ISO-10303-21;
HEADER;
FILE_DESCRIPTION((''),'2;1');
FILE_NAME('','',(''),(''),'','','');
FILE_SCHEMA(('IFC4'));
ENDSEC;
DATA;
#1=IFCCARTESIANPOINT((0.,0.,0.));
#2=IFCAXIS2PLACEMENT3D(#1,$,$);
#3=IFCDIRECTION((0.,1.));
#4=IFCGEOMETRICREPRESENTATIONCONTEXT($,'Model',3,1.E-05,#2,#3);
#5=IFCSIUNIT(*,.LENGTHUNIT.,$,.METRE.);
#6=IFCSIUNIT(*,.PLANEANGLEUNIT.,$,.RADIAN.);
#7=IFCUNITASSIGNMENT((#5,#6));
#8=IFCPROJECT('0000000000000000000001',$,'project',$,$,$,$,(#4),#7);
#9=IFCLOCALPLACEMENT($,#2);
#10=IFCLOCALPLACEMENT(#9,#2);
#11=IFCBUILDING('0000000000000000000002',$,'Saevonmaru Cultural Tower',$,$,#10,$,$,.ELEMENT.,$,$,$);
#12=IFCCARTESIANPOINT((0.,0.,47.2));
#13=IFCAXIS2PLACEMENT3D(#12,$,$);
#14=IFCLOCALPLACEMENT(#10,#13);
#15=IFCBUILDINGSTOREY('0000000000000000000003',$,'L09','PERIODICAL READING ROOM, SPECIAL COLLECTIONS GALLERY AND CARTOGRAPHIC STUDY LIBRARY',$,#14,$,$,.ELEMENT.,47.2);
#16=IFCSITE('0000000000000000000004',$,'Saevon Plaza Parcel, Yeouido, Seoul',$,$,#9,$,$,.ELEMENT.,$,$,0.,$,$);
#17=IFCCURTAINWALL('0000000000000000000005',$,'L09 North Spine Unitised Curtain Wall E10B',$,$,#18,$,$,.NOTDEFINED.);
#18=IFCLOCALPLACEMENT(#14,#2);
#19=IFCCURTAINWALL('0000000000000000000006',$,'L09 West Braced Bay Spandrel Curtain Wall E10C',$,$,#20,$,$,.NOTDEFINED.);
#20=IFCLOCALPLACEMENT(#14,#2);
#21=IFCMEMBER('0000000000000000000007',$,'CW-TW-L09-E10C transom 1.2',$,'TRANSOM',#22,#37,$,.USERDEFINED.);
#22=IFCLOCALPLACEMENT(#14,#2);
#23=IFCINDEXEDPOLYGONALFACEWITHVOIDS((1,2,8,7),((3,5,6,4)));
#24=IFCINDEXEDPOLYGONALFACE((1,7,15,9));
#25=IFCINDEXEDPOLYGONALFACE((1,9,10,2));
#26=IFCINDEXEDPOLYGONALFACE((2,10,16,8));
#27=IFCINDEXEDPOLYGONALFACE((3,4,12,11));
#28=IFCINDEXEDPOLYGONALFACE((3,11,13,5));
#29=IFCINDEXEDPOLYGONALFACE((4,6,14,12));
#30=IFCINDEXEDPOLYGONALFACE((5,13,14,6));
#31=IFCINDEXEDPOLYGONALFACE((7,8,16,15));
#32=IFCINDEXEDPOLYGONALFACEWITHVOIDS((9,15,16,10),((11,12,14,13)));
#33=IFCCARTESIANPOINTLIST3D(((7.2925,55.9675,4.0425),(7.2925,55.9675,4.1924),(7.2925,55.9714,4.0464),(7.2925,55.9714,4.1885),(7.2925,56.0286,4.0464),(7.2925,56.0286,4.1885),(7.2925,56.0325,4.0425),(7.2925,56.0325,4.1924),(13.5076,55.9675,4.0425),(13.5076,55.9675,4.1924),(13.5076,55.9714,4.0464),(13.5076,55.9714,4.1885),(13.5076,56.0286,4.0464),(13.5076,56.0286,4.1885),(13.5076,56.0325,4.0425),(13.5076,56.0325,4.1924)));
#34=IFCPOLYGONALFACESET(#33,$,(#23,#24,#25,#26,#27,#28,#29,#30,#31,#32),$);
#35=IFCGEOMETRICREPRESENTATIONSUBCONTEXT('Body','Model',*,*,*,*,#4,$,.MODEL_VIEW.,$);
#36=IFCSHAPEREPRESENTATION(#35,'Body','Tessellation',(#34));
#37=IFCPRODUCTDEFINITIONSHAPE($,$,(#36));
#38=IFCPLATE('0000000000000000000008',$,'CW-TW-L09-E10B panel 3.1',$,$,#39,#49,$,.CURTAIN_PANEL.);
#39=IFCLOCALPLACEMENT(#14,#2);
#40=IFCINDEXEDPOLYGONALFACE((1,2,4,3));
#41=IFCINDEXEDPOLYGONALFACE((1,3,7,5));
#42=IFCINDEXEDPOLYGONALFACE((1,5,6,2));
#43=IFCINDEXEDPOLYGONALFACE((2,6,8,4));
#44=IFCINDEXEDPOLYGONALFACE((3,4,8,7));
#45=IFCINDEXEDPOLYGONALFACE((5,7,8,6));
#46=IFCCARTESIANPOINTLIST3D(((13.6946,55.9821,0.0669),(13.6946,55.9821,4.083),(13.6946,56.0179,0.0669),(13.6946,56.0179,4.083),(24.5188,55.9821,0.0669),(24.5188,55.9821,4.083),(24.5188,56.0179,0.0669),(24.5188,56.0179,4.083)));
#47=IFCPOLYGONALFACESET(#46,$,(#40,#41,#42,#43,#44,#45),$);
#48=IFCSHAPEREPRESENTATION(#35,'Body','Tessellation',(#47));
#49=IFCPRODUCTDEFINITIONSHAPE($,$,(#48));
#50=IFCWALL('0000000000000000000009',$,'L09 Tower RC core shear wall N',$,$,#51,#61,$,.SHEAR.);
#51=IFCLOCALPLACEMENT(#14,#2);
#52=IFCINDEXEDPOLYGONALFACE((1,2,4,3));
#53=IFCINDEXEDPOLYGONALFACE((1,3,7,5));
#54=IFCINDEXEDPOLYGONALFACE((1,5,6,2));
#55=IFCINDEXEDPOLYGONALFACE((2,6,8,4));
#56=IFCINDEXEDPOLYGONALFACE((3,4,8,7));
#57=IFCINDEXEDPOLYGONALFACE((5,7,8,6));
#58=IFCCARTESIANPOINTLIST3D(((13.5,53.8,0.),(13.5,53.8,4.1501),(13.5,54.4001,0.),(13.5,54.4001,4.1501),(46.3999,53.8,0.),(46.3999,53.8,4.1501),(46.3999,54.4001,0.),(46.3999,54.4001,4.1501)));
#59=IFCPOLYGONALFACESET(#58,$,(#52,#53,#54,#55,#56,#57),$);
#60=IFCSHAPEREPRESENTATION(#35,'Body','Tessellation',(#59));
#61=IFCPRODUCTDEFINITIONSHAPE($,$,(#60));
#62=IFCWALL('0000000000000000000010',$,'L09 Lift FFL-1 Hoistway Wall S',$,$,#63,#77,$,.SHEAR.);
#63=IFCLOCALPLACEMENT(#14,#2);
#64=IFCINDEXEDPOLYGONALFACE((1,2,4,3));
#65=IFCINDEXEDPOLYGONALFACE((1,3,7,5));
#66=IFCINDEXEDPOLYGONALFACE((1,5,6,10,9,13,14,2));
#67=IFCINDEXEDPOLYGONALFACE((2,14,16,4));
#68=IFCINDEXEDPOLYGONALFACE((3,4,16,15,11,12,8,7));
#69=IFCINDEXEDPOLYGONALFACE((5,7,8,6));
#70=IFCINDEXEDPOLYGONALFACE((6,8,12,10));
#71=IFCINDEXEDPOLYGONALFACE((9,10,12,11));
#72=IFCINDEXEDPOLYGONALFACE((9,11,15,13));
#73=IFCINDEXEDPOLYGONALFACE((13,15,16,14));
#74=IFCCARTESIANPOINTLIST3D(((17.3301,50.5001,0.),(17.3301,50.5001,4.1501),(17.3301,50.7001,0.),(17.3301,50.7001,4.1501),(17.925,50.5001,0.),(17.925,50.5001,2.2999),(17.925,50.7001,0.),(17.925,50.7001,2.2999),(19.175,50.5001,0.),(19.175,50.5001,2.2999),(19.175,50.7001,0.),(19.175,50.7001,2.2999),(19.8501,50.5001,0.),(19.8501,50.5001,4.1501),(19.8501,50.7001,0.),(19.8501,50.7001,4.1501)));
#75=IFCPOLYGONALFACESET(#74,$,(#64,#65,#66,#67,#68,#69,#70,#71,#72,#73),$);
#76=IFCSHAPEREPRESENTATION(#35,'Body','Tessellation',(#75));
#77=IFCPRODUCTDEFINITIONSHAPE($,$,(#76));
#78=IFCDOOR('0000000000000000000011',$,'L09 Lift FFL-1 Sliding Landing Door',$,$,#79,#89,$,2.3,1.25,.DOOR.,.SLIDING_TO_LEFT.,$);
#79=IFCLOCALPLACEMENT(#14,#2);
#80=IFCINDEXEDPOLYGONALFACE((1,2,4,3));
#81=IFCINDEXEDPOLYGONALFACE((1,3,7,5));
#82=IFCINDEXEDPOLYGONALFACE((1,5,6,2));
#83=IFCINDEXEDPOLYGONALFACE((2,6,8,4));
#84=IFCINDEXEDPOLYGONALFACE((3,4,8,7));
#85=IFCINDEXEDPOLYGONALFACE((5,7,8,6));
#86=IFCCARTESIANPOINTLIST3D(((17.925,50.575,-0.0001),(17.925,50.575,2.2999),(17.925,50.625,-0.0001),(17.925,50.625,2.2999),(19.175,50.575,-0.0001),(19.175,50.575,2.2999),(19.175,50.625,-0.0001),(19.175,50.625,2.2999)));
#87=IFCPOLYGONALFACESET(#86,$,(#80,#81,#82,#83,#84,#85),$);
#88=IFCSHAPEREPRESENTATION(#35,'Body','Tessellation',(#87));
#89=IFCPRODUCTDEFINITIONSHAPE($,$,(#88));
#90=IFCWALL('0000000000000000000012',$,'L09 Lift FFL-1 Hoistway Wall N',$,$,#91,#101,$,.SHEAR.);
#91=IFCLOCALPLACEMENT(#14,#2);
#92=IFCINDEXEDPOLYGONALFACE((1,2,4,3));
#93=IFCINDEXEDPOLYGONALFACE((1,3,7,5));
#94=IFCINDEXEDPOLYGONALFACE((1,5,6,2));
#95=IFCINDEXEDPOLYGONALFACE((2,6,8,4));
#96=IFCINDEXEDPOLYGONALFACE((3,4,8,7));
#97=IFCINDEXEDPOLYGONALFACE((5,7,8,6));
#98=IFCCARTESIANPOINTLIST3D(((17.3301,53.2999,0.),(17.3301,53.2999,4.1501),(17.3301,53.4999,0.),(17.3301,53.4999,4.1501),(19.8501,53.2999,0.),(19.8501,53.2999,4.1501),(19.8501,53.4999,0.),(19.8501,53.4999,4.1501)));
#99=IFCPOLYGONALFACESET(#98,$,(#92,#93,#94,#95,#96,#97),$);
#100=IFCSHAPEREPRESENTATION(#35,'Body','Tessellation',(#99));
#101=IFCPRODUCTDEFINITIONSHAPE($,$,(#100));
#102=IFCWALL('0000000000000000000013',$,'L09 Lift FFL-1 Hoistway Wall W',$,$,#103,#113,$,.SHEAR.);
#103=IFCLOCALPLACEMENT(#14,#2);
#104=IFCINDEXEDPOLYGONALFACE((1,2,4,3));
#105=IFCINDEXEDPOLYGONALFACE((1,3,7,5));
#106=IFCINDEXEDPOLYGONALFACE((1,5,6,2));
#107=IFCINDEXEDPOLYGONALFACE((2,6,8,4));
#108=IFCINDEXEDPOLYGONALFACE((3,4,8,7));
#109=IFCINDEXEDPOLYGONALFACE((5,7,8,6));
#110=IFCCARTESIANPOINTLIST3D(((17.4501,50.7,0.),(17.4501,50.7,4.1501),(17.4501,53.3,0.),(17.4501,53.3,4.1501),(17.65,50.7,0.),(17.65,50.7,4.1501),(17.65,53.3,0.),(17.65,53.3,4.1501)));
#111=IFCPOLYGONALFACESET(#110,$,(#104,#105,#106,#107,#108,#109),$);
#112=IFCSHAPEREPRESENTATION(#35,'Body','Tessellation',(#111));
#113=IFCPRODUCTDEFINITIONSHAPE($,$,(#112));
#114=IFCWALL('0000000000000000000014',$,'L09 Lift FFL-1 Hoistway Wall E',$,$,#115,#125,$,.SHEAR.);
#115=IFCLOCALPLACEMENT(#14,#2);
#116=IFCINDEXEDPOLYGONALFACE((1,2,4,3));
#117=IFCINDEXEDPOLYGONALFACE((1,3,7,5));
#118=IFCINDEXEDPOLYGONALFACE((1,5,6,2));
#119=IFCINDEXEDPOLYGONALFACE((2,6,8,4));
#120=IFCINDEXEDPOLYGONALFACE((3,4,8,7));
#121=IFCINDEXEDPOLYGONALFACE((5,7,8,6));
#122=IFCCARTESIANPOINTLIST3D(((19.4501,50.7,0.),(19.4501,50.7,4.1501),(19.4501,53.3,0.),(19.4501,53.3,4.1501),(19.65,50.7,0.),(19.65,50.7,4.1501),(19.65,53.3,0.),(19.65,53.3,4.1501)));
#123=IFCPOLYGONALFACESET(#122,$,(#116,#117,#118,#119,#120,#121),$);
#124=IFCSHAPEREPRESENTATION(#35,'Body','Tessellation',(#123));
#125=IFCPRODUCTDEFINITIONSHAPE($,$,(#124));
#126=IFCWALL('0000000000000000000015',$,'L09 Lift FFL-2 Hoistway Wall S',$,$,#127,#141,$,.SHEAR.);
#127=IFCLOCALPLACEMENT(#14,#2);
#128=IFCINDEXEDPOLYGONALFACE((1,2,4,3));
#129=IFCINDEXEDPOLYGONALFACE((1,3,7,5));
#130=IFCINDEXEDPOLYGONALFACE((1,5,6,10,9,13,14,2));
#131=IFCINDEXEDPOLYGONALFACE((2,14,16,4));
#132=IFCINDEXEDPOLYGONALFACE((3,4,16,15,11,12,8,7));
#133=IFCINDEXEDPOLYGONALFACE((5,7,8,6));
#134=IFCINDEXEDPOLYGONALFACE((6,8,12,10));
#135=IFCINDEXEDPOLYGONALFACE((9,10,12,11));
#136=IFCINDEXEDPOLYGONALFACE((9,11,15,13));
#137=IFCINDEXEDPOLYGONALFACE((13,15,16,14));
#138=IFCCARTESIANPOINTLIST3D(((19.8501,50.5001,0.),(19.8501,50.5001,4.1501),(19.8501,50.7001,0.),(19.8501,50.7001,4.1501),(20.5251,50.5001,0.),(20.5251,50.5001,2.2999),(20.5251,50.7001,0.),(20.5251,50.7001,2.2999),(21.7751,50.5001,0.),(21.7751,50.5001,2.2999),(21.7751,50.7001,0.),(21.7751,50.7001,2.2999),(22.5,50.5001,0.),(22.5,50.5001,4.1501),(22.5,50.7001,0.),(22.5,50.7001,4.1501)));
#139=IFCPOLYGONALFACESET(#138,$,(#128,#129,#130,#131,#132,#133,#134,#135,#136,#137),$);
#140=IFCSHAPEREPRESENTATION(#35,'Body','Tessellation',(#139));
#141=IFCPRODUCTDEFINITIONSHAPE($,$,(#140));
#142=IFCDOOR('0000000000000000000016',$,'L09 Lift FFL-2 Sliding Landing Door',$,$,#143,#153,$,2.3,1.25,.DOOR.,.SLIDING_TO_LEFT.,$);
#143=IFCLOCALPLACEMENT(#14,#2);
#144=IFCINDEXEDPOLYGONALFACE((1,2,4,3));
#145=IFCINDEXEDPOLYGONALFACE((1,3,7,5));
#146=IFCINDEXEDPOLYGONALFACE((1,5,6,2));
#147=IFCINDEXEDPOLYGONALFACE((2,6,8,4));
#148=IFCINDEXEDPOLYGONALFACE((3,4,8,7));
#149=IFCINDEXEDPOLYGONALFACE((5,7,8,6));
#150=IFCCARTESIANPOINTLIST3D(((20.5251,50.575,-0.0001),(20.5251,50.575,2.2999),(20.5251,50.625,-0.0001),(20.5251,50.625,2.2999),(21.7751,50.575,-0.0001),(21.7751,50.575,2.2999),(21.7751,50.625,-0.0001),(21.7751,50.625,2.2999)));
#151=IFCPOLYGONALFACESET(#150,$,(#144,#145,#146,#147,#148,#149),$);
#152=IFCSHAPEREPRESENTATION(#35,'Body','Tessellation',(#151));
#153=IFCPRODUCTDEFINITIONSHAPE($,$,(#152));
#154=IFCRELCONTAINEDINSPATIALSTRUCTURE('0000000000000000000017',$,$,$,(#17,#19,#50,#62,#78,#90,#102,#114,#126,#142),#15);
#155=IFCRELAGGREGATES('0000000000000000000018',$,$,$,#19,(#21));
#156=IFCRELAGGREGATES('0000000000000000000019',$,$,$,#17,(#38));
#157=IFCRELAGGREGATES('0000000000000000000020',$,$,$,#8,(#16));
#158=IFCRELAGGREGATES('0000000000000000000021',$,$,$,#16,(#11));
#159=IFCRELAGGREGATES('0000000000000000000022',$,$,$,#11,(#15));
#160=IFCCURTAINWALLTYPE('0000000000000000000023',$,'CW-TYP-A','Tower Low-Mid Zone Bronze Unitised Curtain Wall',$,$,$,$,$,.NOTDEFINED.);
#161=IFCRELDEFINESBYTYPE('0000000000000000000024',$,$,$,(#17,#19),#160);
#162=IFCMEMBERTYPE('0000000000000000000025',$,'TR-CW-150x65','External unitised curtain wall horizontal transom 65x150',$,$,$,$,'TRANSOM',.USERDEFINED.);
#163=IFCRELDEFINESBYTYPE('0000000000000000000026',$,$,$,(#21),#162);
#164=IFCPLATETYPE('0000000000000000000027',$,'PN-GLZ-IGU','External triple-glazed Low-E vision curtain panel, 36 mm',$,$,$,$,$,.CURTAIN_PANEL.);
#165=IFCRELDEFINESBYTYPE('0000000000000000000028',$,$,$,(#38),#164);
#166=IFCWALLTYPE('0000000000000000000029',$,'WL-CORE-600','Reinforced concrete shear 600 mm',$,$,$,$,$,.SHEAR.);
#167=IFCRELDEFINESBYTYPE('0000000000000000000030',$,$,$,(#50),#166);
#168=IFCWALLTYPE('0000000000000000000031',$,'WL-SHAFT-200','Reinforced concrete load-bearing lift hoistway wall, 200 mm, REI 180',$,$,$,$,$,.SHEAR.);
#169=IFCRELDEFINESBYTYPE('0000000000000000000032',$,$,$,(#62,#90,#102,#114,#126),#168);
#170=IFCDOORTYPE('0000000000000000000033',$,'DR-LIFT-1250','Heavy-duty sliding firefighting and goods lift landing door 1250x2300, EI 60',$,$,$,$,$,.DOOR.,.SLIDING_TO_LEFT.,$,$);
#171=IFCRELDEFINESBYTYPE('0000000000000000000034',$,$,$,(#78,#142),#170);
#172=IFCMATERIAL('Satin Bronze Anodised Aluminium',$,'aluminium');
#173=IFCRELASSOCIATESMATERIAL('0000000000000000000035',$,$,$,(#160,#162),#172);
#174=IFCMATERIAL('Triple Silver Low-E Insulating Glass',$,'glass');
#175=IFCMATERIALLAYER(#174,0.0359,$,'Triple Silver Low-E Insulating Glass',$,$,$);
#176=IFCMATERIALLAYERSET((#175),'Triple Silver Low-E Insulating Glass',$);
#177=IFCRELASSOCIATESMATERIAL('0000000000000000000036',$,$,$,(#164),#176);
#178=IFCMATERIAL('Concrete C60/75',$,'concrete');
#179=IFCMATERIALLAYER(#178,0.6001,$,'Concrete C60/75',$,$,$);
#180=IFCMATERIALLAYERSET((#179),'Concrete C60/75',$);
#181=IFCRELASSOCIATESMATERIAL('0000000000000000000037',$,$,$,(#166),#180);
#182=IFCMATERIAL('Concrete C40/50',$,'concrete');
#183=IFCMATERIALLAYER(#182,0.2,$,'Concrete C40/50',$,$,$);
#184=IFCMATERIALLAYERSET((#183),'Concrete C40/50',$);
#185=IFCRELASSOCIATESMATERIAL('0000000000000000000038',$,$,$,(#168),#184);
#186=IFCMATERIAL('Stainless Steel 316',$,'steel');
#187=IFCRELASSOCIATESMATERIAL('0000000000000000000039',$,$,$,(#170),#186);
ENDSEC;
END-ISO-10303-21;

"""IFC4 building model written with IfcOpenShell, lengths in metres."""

from ifc_helpers import new_model, si_unit, direction, frame, frame_2d, origin, origin_2d, place, context, subcontext, project, spatial, rectangle, hollow_rectangle, extrude, material, layer, layer_set, material_profile, profile_set, type_object, element, fill, aggregate, save


model = new_model("IFC4")

# Units and contexts
model_context = context("Model", 3, precision=1e-05, world=origin(), true_north=direction((0.0, 1.0)))
body_context = subcontext(model_context, "Body", "Model", "MODEL_VIEW")
ifc_project = project(units=[si_unit("LENGTHUNIT", "METRE"), si_unit("PLANEANGLEUNIT", "RADIAN")], contexts=[model_context])

# Site, building, storey
site_placement = place(None, origin())
site = spatial("IfcSite", under=ifc_project, at=site_placement, Name="Saevon Plaza Parcel, Yeouido, Seoul", CompositionType="ELEMENT", RefElevation=0.0)
building_placement = place(site_placement, origin())
building = spatial("IfcBuilding", under=site, at=building_placement, Name="Saevonmaru Cultural Tower", CompositionType="ELEMENT")
storey_placement = place(building_placement, frame((0.0, 0.0, 47.2)))
storey = spatial("IfcBuildingStorey", under=building, at=storey_placement, Name="L09", Description="PERIODICAL READING ROOM, SPECIAL COLLECTIONS GALLERY AND CARTOGRAPHIC STUDY LIBRARY", CompositionType="ELEMENT", Elevation=47.2)

# Curtain wall
ifc_material_1 = material(Name="Satin Bronze Anodised Aluminium", Category="aluminium")
curtain_wall_type = type_object("IfcCurtainWallType", Name="CW-TYP-A", Description="Tower Low-Mid Zone Bronze Unitised Curtain Wall", PredefinedType="NOTDEFINED", material=ifc_material_1)
curtain_wall_1_placement = place(storey_placement, origin())
curtain_wall_1 = element("IfcCurtainWall", 1, at=curtain_wall_1_placement, inside=storey, type_object=curtain_wall_type, Name="L09 North Spine Unitised Curtain Wall E10B", PredefinedType="NOTDEFINED")

# Curtain wall, member
curtain_wall_2_placement = place(storey_placement, origin())
curtain_wall_2 = element("IfcCurtainWall", 2, at=curtain_wall_2_placement, inside=storey, type_object=curtain_wall_type, Name="L09 West Braced Bay Spandrel Curtain Wall E10C", PredefinedType="NOTDEFINED")
ifc_material_profile_1 = material_profile(ifc_material_1, hollow_rectangle(XDim=0.0649, YDim=0.1499, WallThickness=0.0039, at=origin_2d()), Name="ALU-TRAN-150x65x4")
ifc_profile_set_1 = profile_set([ifc_material_profile_1], Name="Satin Bronze Anodised Aluminium")
member_type_1 = type_object("IfcMemberType", Name="TR-CW-150x65", Description="External unitised curtain wall horizontal transom 65x150", ElementType="TRANSOM", PredefinedType="USERDEFINED", material=ifc_profile_set_1)
member_1_placement = place(storey_placement, frame((13.5076, 56.0, 4.1174), z_axis=(-1.0, 0.0, 0.0), x_axis=(0.0, -1.0, 0.0)))
member_1 = element("IfcMember", 3, at=member_1_placement, type_object=member_type_1, Name="CW-TW-L09-E10C transom 1.2", ObjectType="TRANSOM", PredefinedType="USERDEFINED", context=body_context, shape_type="SweptSolid", body=[
    extrude(hollow_rectangle(XDim=0.0649, YDim=0.1499, WallThickness=0.0039, at=origin_2d()), origin(), (0.0, 0.0, 1.0), 6.2151),
])
aggregate(curtain_wall_2, [member_1])

# Plate
ifc_material_2 = material(Name="Triple Silver Low-E Insulating Glass", Category="glass")
ifc_layer_1 = layer(ifc_material_2, 0.0359, Name="Triple Silver Low-E Insulating Glass")
ifc_layer_set_1 = layer_set([ifc_layer_1], Name="Triple Silver Low-E Insulating Glass")
plate_type = type_object("IfcPlateType", Name="PN-GLZ-IGU", Description="External triple-glazed Low-E vision curtain panel, 36 mm", PredefinedType="CURTAIN_PANEL", material=ifc_layer_set_1)
plate_placement = place(storey_placement, frame((19.1067, 56.0, 0.0669), z_axis=(0.0, 0.0, 1.0), x_axis=(-1.0, 0.0, 0.0)))
plate = element("IfcPlate", 4, at=plate_placement, type_object=plate_type, Name="CW-TW-L09-E10B panel 3.1", PredefinedType="CURTAIN_PANEL", context=body_context, shape_type="SweptSolid", body=[
    extrude(rectangle(XDim=10.8242, YDim=0.0359, at=origin_2d()), origin(), (0.0, 0.0, 1.0), 4.0161),
])
aggregate(curtain_wall_1, [plate])

# Wall
ifc_material_3 = material(Name="Concrete C60/75", Category="concrete")
ifc_layer_2 = layer(ifc_material_3, 0.6001, Name="Concrete C60/75")
ifc_layer_set_2 = layer_set([ifc_layer_2], Name="Concrete C60/75")
wall_type_1 = type_object("IfcWallType", Name="WL-CORE-600", Description="Reinforced concrete shear 600 mm", PredefinedType="SHEAR", material=ifc_layer_set_2)
wall_1_placement = place(storey_placement, frame((13.5, 54.1001, 0.0), z_axis=(0.0, 0.0, 1.0), x_axis=(1.0, 0.0, 0.0)))
element("IfcWall", 5, at=wall_1_placement, inside=storey, type_object=wall_type_1, Name="L09 Tower RC core shear wall N", PredefinedType="SHEAR", context=body_context, shape_type="SweptSolid", body=[
    extrude(rectangle(XDim=32.8999, YDim=0.6001, at=frame_2d((16.45, 0.0))), origin(), (0.0, 0.0, 1.0), 4.1501),
])

# Wall, opening, door
ifc_material_4 = material(Name="Concrete C40/50", Category="concrete")
ifc_layer_3 = layer(ifc_material_4, 0.2, Name="Concrete C40/50")
ifc_layer_set_3 = layer_set([ifc_layer_3], Name="Concrete C40/50")
wall_type_2 = type_object("IfcWallType", Name="WL-SHAFT-200", Description="Reinforced concrete load-bearing lift hoistway wall, 200 mm, REI 180", PredefinedType="SHEAR", material=ifc_layer_set_3)
wall_2_placement = place(storey_placement, frame((17.3301, 50.6001, 0.0), z_axis=(0.0, 0.0, 1.0), x_axis=(1.0, 0.0, 0.0)))
wall_2 = element("IfcWall", 6, at=wall_2_placement, inside=storey, type_object=wall_type_2, Name="L09 Lift FFL-1 Hoistway Wall S", PredefinedType="SHEAR", context=body_context, shape_type="SweptSolid", body=[
    extrude(rectangle(XDim=2.52, YDim=0.2, at=frame_2d((1.26, 0.0))), origin(), (0.0, 0.0, 1.0), 4.1501),
])
opening_1_placement = place(wall_2_placement, frame((0.595, 0.0, 0.0)))
opening_1 = element("IfcOpeningElement", 7, at=opening_1_placement, cuts=wall_2, PredefinedType="OPENING", context=body_context, shape_type="SweptSolid", body=[
    extrude(rectangle(XDim=1.25, YDim=2.3, at=frame_2d((0.625, 1.1499))), frame((0.0, 0.1099, 0.0), z_axis=(0.0, -1.0, 0.0), x_axis=(1.0, 0.0, 0.0)), (0.0, 0.0, 1.0), 0.22),
])
ifc_material_5 = material(Name="Stainless Steel 316", Category="steel")
door_type = type_object("IfcDoorType", Name="DR-LIFT-1250", Description="Heavy-duty sliding firefighting and goods lift landing door 1250x2300, EI 60", OperationType="SLIDING_TO_LEFT", PredefinedType="DOOR", material=ifc_material_5)
door_1_placement = place(opening_1_placement, origin())
door_1 = element("IfcDoor", 8, at=door_1_placement, inside=storey, type_object=door_type, Name="L09 Lift FFL-1 Sliding Landing Door", OperationType="SLIDING_TO_LEFT", OverallHeight=2.3, OverallWidth=1.25, PredefinedType="DOOR", context=body_context, shape_type="SweptSolid", body=[
    extrude(rectangle(XDim=1.25, YDim=2.3, at=frame_2d((0.625, 1.1499))), frame((0.0, 0.0249, 0.0), z_axis=(0.0, -1.0, 0.0), x_axis=(1.0, 0.0, 0.0)), (0.0, 0.0, 1.0), 0.05),
])
fill(opening_1, door_1)

# Walls
wall_3_placement = place(storey_placement, frame((17.3301, 53.3999, 0.0), z_axis=(0.0, 0.0, 1.0), x_axis=(1.0, 0.0, 0.0)))
element("IfcWall", 9, at=wall_3_placement, inside=storey, type_object=wall_type_2, Name="L09 Lift FFL-1 Hoistway Wall N", PredefinedType="SHEAR", context=body_context, shape_type="SweptSolid", body=[
    extrude(rectangle(XDim=2.52, YDim=0.2, at=frame_2d((1.26, 0.0))), origin(), (0.0, 0.0, 1.0), 4.1501),
])
for number, where, z_axis, x_axis, name in (
    (10, (17.55, 50.7, 0.0), (0.0, 0.0, 1.0), (0.0, 1.0, 0.0), "L09 Lift FFL-1 Hoistway Wall W"),
    (11, (19.55, 50.7, 0.0), (0.0, 0.0, 1.0), (0.0, 1.0, 0.0), "L09 Lift FFL-1 Hoistway Wall E"),
):
    element("IfcWall", number, at=place(storey_placement, frame(where, z_axis=z_axis, x_axis=x_axis)), inside=storey, type_object=wall_type_2, Name=name, PredefinedType="SHEAR", context=body_context, shape_type="SweptSolid", body=[
        extrude(rectangle(XDim=2.6001, YDim=0.2, at=frame_2d((1.3, 0.0))), origin(), (0.0, 0.0, 1.0), 4.1501),
    ])

# Wall, opening, door
wall_4_placement = place(storey_placement, frame((19.8501, 50.6001, 0.0), z_axis=(0.0, 0.0, 1.0), x_axis=(1.0, 0.0, 0.0)))
wall_4 = element("IfcWall", 12, at=wall_4_placement, inside=storey, type_object=wall_type_2, Name="L09 Lift FFL-2 Hoistway Wall S", PredefinedType="SHEAR", context=body_context, shape_type="SweptSolid", body=[
    extrude(rectangle(XDim=2.6499, YDim=0.2, at=frame_2d((1.325, 0.0))), origin(), (0.0, 0.0, 1.0), 4.1501),
])
opening_2_placement = place(wall_4_placement, frame((0.675, 0.0, 0.0)))
opening_2 = element("IfcOpeningElement", 13, at=opening_2_placement, cuts=wall_4, PredefinedType="OPENING", context=body_context, shape_type="SweptSolid", body=[
    extrude(rectangle(XDim=1.25, YDim=2.3, at=frame_2d((0.625, 1.1499))), frame((0.0, 0.1099, 0.0), z_axis=(0.0, -1.0, 0.0), x_axis=(1.0, 0.0, 0.0)), (0.0, 0.0, 1.0), 0.22),
])
door_2_placement = place(opening_2_placement, origin())
door_2 = element("IfcDoor", 14, at=door_2_placement, inside=storey, type_object=door_type, Name="L09 Lift FFL-2 Sliding Landing Door", OperationType="SLIDING_TO_LEFT", OverallHeight=2.3, OverallWidth=1.25, PredefinedType="DOOR", context=body_context, shape_type="SweptSolid", body=[
    extrude(rectangle(XDim=1.25, YDim=2.3, at=frame_2d((0.625, 1.1499))), frame((0.0, 0.0249, 0.0), z_axis=(0.0, -1.0, 0.0), x_axis=(1.0, 0.0, 0.0)), (0.0, 0.0, 1.0), 0.05),
])
fill(opening_2, door_2)

save(model, "model.ifc")
